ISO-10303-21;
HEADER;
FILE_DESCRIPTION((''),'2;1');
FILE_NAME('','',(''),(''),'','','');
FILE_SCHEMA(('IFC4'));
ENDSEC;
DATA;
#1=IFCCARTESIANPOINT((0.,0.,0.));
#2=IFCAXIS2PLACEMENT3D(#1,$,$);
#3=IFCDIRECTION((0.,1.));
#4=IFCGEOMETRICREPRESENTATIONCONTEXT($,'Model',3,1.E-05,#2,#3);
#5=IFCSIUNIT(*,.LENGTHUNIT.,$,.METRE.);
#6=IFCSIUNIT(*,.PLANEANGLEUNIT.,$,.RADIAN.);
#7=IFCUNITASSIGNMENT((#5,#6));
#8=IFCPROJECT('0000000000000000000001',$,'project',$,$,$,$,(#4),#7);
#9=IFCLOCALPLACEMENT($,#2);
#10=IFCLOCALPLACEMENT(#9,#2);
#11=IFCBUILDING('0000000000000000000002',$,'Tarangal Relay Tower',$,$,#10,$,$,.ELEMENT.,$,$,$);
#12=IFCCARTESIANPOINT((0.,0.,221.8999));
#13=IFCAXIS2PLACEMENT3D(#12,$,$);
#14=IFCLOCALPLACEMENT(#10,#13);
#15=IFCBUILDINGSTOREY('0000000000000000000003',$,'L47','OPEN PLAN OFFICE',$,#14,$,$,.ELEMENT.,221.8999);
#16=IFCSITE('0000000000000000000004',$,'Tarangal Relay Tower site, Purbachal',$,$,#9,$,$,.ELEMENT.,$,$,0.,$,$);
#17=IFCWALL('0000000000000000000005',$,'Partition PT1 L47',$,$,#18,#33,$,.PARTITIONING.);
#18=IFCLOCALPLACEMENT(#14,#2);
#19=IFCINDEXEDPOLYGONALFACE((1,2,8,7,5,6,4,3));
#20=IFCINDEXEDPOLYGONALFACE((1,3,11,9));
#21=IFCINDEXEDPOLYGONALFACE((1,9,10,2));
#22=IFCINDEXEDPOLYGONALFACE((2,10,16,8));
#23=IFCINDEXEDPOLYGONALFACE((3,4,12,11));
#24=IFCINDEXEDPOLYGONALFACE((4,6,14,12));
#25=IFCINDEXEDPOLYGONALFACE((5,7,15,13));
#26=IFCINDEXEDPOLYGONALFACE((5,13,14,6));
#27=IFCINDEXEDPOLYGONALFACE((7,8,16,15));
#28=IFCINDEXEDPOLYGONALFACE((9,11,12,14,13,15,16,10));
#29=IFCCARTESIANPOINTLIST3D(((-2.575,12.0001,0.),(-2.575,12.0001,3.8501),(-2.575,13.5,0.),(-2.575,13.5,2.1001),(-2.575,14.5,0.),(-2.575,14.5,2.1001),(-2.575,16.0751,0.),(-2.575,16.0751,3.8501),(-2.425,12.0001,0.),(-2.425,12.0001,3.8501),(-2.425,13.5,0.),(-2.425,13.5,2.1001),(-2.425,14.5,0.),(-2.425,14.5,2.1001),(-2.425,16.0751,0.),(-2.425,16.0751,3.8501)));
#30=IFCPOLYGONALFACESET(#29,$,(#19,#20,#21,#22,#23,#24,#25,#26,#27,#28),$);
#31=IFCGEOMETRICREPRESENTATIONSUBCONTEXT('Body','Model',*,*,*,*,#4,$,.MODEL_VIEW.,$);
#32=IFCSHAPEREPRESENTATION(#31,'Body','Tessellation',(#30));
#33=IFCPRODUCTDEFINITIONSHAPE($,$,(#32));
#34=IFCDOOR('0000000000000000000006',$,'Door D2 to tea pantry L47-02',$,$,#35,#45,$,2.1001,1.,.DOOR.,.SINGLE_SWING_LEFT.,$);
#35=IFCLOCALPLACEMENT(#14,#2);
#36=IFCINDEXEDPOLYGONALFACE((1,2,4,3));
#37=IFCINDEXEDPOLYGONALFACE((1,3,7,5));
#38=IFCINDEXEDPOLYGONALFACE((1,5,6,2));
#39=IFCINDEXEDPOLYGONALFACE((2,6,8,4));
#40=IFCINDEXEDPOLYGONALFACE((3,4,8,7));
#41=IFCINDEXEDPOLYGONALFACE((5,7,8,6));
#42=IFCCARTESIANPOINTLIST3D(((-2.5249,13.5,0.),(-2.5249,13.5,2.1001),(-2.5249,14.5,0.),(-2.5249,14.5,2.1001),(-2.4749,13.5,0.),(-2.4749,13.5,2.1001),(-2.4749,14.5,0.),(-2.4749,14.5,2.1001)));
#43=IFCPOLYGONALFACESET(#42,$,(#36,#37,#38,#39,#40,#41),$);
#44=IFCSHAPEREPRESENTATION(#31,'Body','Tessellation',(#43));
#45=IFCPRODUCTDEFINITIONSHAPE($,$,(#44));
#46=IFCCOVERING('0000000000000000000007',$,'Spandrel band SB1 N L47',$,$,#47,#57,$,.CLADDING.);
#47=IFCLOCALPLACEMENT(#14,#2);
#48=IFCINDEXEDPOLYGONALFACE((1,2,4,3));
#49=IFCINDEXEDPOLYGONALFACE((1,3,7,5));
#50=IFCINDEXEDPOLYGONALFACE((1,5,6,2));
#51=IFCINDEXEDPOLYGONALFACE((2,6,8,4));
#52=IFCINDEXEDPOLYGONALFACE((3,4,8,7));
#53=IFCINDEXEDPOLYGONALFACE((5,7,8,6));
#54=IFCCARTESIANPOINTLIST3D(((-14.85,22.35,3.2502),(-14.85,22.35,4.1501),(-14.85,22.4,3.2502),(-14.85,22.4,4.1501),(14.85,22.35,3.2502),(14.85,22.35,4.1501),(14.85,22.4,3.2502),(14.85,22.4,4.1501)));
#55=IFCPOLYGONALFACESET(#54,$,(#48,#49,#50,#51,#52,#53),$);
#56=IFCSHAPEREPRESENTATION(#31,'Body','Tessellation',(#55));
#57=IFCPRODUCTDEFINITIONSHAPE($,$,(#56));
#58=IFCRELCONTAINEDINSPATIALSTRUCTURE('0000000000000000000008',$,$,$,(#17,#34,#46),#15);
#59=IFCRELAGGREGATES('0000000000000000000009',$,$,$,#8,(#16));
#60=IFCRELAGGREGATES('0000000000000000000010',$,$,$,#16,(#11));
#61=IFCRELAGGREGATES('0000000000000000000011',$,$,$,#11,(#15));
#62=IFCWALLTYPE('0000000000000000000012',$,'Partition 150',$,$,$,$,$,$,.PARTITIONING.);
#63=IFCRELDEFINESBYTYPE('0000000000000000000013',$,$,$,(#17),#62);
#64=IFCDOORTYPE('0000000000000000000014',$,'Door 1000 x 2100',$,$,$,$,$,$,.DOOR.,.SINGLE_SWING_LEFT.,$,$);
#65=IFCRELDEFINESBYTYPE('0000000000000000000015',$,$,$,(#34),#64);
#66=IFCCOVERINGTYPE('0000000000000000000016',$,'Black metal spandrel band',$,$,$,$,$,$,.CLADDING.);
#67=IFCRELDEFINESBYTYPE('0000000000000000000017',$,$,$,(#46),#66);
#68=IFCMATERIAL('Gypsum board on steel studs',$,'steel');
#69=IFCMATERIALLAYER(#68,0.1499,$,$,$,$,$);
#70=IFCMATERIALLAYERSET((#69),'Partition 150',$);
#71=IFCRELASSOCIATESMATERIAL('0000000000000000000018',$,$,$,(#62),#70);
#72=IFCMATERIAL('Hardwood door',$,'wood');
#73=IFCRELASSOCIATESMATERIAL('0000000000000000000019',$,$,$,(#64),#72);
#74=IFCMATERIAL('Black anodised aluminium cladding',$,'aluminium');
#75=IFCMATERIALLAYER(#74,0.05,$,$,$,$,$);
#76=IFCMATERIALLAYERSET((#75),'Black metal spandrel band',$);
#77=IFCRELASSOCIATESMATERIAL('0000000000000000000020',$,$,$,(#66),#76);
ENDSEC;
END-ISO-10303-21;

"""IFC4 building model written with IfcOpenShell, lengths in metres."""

from ifc_helpers import new_model, si_unit, direction, frame, frame_2d, origin, origin_2d, place, context, subcontext, project, spatial, rectangle, extrude, material, layer, layer_set, type_object, element, fill, save


model = new_model("IFC4")

# Units and contexts
model_context = context("Model", 3, precision=1e-05, world=origin(), true_north=direction((0.0, 1.0)))
body_context = subcontext(model_context, "Body", "Model", "MODEL_VIEW")
ifc_project = project(units=[si_unit("LENGTHUNIT", "METRE"), si_unit("PLANEANGLEUNIT", "RADIAN")], contexts=[model_context])

# Site, building, storey
site_placement = place(None, origin())
site = spatial("IfcSite", under=ifc_project, at=site_placement, Name="Tarangal Relay Tower site, Purbachal", CompositionType="ELEMENT", RefElevation=0.0)
building_placement = place(site_placement, origin())
building = spatial("IfcBuilding", under=site, at=building_placement, Name="Tarangal Relay Tower", CompositionType="ELEMENT")
storey_placement = place(building_placement, frame((0.0, 0.0, 221.8999)))
storey = spatial("IfcBuildingStorey", under=building, at=storey_placement, Name="L47", Description="OPEN PLAN OFFICE", CompositionType="ELEMENT", Elevation=221.8999)

# Shared definitions
ifc_material_1 = material(Name="Gypsum board on steel studs", Category="steel")
ifc_layer_1 = layer(ifc_material_1, 0.1499)
ifc_layer_set_1 = layer_set([ifc_layer_1], Name="Partition 150")
wall_type_1 = type_object("IfcWallType", Name="Partition 150", PredefinedType="PARTITIONING", material=ifc_layer_set_1)

# Wall, opening, door
wall_1_placement = place(storey_placement, frame((-2.5, 12.0, 0.0), z_axis=(0.0, 0.0, 1.0), x_axis=(0.0, 1.0, 0.0)))
wall_1 = element("IfcWall", 1, at=wall_1_placement, inside=storey, type_object=wall_type_1, Name="Partition PT1 L47", PredefinedType="PARTITIONING", context=body_context, shape_type="SweptSolid", body=[
    extrude(rectangle(XDim=4.075, YDim=0.1499, at=frame_2d((2.0376, 0.0))), origin(), (0.0, 0.0, 1.0), 3.8501),
])
opening_placement = place(wall_1_placement, frame((1.5, 0.0, 0.0)))
opening = element("IfcOpeningElement", 2, at=opening_placement, cuts=wall_1, PredefinedType="OPENING", context=body_context, shape_type="SweptSolid", body=[
    extrude(rectangle(XDim=1.0, YDim=2.1001, at=frame_2d((0.5, 1.05))), frame((0.0, 0.085, 0.0), z_axis=(0.0, -1.0, 0.0), x_axis=(1.0, 0.0, 0.0)), (0.0, 0.0, 1.0), 0.1699),
])
ifc_material_2 = material(Name="Hardwood door", Category="wood")
door_type = type_object("IfcDoorType", Name="Door 1000 x 2100", OperationType="SINGLE_SWING_LEFT", PredefinedType="DOOR", material=ifc_material_2)
door_placement = place(opening_placement, origin())
door = element("IfcDoor", 3, at=door_placement, inside=storey, type_object=door_type, Name="Door D2 to tea pantry L47-02", OperationType="SINGLE_SWING_LEFT", OverallHeight=2.1001, OverallWidth=1.0, PredefinedType="DOOR", context=body_context, shape_type="SweptSolid", body=[
    extrude(rectangle(XDim=1.0, YDim=2.1001, at=frame_2d((0.5, 1.05))), frame((0.0, 0.0249, 0.0), z_axis=(0.0, -1.0, 0.0), x_axis=(1.0, 0.0, 0.0)), (0.0, 0.0, 1.0), 0.05),
])
fill(opening, door)

# Covering
ifc_material_3 = material(Name="Black anodised aluminium cladding", Category="aluminium")
ifc_layer_2 = layer(ifc_material_3, 0.05)
ifc_layer_set_2 = layer_set([ifc_layer_2], Name="Black metal spandrel band")
covering_type = type_object("IfcCoveringType", Name="Black metal spandrel band", PredefinedType="CLADDING", material=ifc_layer_set_2)
covering_placement = place(storey_placement, frame((0.0, 22.375, 3.2502), z_axis=(0.0, 0.0, 1.0), x_axis=(1.0, 0.0, 0.0)))
element("IfcCovering", 4, at=covering_placement, inside=storey, type_object=covering_type, Name="Spandrel band SB1 N L47", PredefinedType="CLADDING", context=body_context, shape_type="SweptSolid", body=[
    extrude(rectangle(XDim=29.7, YDim=0.05, at=origin_2d()), origin(), (0.0, 0.0, 1.0), 0.8999),
])

save(model, "model.ifc")
